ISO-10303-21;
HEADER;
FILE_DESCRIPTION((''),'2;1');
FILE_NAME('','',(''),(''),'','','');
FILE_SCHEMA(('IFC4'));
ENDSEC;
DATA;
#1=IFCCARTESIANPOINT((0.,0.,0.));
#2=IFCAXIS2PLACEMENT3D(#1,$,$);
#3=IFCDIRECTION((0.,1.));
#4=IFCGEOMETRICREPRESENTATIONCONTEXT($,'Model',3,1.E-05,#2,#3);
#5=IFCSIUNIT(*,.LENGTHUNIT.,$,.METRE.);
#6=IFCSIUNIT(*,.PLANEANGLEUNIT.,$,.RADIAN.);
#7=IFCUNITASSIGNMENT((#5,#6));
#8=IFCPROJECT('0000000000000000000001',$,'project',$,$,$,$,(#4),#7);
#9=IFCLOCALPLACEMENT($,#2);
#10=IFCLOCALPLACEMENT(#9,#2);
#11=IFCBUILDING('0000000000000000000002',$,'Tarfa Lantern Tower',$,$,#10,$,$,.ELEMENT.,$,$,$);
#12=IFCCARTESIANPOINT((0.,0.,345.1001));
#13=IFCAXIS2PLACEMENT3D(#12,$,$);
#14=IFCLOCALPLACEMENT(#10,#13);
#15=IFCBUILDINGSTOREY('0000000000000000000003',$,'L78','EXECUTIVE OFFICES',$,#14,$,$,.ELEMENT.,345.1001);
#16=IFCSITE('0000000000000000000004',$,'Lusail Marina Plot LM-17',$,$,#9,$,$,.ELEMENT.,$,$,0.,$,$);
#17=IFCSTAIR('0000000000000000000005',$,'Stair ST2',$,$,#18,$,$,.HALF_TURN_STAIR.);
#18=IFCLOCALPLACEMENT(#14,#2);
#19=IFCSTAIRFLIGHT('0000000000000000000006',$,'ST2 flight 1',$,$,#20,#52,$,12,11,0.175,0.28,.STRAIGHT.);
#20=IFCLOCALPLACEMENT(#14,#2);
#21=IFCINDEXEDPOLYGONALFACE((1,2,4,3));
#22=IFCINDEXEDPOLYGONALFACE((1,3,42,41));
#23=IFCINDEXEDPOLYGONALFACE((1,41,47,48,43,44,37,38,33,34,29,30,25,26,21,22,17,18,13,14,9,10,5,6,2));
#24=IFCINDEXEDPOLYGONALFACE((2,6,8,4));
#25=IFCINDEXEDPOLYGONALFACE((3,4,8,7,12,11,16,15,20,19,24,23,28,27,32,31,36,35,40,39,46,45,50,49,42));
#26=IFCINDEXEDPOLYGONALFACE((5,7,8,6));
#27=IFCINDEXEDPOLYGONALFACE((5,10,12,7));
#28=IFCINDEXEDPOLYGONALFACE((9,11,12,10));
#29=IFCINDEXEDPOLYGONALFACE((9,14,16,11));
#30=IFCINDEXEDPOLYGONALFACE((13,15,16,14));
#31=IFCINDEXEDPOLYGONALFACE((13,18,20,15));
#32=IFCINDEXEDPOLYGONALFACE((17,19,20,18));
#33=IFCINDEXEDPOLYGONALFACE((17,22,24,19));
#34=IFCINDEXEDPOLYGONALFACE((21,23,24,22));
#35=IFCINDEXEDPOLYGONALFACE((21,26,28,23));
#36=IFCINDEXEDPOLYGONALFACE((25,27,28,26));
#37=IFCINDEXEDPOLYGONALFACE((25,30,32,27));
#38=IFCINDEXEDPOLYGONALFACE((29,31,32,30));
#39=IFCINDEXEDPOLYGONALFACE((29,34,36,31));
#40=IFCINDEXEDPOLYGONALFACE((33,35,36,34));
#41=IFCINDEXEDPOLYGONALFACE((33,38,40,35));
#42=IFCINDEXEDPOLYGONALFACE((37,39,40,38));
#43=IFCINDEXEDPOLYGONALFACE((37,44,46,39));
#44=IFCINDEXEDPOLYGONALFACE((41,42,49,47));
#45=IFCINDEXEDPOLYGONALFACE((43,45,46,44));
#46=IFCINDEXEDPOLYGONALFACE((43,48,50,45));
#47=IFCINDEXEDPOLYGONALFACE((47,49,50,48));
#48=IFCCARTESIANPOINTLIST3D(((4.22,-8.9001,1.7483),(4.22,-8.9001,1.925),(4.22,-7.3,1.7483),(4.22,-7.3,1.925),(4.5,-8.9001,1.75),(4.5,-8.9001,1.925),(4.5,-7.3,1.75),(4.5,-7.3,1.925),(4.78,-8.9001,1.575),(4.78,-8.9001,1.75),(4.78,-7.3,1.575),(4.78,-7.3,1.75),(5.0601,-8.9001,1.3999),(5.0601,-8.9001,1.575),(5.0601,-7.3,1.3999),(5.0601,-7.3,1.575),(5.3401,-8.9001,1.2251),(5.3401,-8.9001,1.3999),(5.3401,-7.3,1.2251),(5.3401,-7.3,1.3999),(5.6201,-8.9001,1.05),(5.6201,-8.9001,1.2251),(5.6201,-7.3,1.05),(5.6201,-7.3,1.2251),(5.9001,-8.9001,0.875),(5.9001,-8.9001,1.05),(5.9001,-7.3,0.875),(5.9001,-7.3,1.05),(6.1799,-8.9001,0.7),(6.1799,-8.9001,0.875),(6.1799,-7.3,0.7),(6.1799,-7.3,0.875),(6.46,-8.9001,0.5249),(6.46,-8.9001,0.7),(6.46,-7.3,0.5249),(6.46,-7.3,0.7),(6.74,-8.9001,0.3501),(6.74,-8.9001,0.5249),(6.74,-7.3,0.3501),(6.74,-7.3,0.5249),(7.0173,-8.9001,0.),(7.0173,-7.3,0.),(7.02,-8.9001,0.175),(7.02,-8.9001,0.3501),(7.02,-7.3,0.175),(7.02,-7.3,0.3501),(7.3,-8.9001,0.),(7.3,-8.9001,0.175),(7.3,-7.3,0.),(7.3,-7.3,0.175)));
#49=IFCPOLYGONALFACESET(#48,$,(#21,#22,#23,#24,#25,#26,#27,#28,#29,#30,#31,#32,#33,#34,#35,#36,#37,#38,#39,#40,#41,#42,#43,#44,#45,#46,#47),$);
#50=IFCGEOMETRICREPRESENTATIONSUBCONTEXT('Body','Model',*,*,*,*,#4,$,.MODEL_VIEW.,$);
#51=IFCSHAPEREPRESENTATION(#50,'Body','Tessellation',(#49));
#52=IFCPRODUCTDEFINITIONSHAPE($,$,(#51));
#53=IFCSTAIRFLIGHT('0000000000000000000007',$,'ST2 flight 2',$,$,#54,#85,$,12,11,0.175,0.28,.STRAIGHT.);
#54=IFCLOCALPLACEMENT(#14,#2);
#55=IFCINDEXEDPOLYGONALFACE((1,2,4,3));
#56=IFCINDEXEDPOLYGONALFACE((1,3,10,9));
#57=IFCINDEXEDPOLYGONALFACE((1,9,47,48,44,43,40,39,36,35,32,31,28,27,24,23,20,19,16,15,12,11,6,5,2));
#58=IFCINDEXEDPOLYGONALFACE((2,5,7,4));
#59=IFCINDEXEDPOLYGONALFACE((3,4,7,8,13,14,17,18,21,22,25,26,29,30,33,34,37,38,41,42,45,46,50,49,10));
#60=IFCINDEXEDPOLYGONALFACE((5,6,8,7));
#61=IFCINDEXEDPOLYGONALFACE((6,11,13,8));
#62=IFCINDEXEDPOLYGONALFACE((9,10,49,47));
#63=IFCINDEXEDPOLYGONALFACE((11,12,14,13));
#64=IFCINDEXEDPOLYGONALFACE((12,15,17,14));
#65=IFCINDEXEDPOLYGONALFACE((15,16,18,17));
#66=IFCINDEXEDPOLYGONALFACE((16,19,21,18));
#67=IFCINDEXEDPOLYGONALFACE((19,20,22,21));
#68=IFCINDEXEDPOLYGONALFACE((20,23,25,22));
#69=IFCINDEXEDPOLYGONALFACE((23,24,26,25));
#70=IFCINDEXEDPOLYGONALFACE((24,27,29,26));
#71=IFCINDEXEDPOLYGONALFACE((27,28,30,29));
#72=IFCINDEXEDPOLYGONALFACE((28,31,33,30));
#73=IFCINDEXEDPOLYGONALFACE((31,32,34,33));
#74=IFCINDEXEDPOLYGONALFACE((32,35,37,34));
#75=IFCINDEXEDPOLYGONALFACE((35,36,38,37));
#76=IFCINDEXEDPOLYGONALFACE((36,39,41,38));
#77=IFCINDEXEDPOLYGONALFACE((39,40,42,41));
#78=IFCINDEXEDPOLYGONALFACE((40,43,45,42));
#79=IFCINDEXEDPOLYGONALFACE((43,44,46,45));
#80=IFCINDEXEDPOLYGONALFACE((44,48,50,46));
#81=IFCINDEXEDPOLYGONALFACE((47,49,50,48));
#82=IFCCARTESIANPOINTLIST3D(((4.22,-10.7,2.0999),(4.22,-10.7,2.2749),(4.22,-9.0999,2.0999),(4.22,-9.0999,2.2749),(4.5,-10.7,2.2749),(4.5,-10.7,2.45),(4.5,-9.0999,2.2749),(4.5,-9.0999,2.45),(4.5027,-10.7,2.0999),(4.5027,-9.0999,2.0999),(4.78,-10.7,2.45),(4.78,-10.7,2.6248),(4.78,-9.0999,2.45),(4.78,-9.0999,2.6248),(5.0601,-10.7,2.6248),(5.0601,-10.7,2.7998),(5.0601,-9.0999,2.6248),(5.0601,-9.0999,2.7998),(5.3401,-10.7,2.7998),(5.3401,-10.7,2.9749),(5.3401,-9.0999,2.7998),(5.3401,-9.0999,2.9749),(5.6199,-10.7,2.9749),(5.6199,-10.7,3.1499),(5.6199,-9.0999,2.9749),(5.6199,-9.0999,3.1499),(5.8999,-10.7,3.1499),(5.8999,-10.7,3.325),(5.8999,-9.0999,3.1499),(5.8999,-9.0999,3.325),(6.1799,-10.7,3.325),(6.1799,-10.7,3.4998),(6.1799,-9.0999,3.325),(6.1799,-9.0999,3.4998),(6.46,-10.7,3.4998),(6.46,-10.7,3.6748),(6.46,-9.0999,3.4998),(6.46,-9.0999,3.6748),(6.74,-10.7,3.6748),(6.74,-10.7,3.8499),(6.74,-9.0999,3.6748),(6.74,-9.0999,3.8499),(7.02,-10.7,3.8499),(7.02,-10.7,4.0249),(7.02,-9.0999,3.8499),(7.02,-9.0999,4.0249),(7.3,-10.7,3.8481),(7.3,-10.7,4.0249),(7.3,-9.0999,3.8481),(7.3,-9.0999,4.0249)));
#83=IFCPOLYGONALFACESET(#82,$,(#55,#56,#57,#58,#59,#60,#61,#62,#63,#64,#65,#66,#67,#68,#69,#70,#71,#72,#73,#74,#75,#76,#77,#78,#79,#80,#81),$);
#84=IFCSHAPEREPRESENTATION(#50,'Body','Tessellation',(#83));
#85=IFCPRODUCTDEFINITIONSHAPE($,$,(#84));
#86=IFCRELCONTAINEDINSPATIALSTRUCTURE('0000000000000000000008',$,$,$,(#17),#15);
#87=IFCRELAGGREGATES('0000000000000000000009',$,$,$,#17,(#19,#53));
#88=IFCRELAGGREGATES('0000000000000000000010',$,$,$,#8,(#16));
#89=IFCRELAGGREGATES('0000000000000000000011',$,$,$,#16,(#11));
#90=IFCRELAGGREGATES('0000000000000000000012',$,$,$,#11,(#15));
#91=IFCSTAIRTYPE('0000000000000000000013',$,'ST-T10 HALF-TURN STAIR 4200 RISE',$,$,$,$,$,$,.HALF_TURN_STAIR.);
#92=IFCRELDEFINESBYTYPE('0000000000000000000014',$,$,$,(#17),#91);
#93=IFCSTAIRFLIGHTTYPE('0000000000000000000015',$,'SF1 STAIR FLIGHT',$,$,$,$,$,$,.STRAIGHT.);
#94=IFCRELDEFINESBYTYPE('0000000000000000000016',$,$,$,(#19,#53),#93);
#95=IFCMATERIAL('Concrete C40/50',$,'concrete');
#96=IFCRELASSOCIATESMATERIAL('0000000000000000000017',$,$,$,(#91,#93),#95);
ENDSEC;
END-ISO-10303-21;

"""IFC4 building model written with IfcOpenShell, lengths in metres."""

from ifc_helpers import new_model, si_unit, direction, frame, origin, place, context, subcontext, project, spatial, polyline, outline, extrude, material, type_object, element, aggregate, save


model = new_model("IFC4")

# Units and contexts
model_context = context("Model", 3, precision=1e-05, world=origin(), true_north=direction((0.0, 1.0)))
body_context = subcontext(model_context, "Body", "Model", "MODEL_VIEW")
ifc_project = project(units=[si_unit("LENGTHUNIT", "METRE"), si_unit("PLANEANGLEUNIT", "RADIAN")], contexts=[model_context])

# Site, building, storey
site_placement = place(None, origin())
site = spatial("IfcSite", under=ifc_project, at=site_placement, Name="Lusail Marina Plot LM-17", CompositionType="ELEMENT", RefElevation=0.0)
building_placement = place(site_placement, origin())
building = spatial("IfcBuilding", under=site, at=building_placement, Name="Tarfa Lantern Tower", CompositionType="ELEMENT")
storey_placement = place(building_placement, frame((0.0, 0.0, 345.1001)))
storey = spatial("IfcBuildingStorey", under=building, at=storey_placement, Name="L78", Description="EXECUTIVE OFFICES", CompositionType="ELEMENT", Elevation=345.1001)

# Stair, stair flights
ifc_material_1 = material(Name="Concrete C40/50", Category="concrete")
stair_type = type_object("IfcStairType", Name="ST-T10 HALF-TURN STAIR 4200 RISE", PredefinedType="HALF_TURN_STAIR", material=ifc_material_1)
stair_placement = place(storey_placement, origin())
stair = element("IfcStair", 1, at=stair_placement, inside=storey, type_object=stair_type, Name="Stair ST2", PredefinedType="HALF_TURN_STAIR")
stair_flight_type = type_object("IfcStairFlightType", Name="SF1 STAIR FLIGHT", PredefinedType="STRAIGHT", material=ifc_material_1)
stair_flight_1_placement = place(storey_placement, frame((7.3, -8.1001, 0.0), z_axis=(0.0, 0.0, 1.0), x_axis=(-1.0, 0.0, 0.0)))
stair_flight_1 = element("IfcStairFlight", 2, at=stair_flight_1_placement, type_object=stair_flight_type, Name="ST2 flight 1", NumberOfRisers=12, NumberOfTreads=11, PredefinedType="STRAIGHT", RiserHeight=0.175, TreadLength=0.28, context=body_context, shape_type="SweptSolid", body=[
    extrude(outline(polyline([(0.0, 0.0), (0.0, 0.175), (0.28, 0.175), (0.28, 0.3501), (0.5601, 0.3501), (0.5601, 0.5249), (0.8401, 0.5249), (0.8401, 0.7), (1.1201, 0.7), (1.1201, 0.875), (1.3999, 0.875), (1.3999, 1.05), (1.6799, 1.05), (1.6799, 1.2251), (1.96, 1.2251), (1.96, 1.3999), (2.24, 1.3999), (2.24, 1.575), (2.52, 1.575), (2.52, 1.75), (2.8, 1.75), (2.8, 1.925), (3.0801, 1.925), (3.0801, 2.1001), (3.0801, 1.7483), (0.2827, 0.0), (0.0, 0.0)])), frame((0.0, 0.8, 0.0), z_axis=(0.0, -1.0, 0.0), x_axis=(1.0, 0.0, 0.0)), (0.0, 0.0, 1.0), 1.6001),
])
stair_flight_2_placement = place(storey_placement, frame((4.22, -9.8999, 2.0999), z_axis=(0.0, 0.0, 1.0), x_axis=(1.0, 0.0, 0.0)))
stair_flight_2 = element("IfcStairFlight", 3, at=stair_flight_2_placement, type_object=stair_flight_type, Name="ST2 flight 2", NumberOfRisers=12, NumberOfTreads=11, PredefinedType="STRAIGHT", RiserHeight=0.175, TreadLength=0.28, context=body_context, shape_type="SweptSolid", body=[
    extrude(outline(polyline([(0.0, 0.0), (0.0, 0.175), (0.28, 0.175), (0.28, 0.3501), (0.5601, 0.3501), (0.5601, 0.5249), (0.8401, 0.5249), (0.8401, 0.7), (1.1201, 0.7), (1.1201, 0.875), (1.3999, 0.875), (1.3999, 1.05), (1.6799, 1.05), (1.6799, 1.2251), (1.96, 1.2251), (1.96, 1.3999), (2.24, 1.3999), (2.24, 1.575), (2.52, 1.575), (2.52, 1.75), (2.8, 1.75), (2.8, 1.925), (3.0801, 1.925), (3.0801, 2.1001), (3.0801, 1.7483), (0.2827, 0.0), (0.0, 0.0)])), frame((0.0, 0.8, 0.0), z_axis=(0.0, -1.0, 0.0), x_axis=(1.0, 0.0, 0.0)), (0.0, 0.0, 1.0), 1.6001),
])
aggregate(stair, [stair_flight_1, stair_flight_2])

save(model, "model.ifc")
